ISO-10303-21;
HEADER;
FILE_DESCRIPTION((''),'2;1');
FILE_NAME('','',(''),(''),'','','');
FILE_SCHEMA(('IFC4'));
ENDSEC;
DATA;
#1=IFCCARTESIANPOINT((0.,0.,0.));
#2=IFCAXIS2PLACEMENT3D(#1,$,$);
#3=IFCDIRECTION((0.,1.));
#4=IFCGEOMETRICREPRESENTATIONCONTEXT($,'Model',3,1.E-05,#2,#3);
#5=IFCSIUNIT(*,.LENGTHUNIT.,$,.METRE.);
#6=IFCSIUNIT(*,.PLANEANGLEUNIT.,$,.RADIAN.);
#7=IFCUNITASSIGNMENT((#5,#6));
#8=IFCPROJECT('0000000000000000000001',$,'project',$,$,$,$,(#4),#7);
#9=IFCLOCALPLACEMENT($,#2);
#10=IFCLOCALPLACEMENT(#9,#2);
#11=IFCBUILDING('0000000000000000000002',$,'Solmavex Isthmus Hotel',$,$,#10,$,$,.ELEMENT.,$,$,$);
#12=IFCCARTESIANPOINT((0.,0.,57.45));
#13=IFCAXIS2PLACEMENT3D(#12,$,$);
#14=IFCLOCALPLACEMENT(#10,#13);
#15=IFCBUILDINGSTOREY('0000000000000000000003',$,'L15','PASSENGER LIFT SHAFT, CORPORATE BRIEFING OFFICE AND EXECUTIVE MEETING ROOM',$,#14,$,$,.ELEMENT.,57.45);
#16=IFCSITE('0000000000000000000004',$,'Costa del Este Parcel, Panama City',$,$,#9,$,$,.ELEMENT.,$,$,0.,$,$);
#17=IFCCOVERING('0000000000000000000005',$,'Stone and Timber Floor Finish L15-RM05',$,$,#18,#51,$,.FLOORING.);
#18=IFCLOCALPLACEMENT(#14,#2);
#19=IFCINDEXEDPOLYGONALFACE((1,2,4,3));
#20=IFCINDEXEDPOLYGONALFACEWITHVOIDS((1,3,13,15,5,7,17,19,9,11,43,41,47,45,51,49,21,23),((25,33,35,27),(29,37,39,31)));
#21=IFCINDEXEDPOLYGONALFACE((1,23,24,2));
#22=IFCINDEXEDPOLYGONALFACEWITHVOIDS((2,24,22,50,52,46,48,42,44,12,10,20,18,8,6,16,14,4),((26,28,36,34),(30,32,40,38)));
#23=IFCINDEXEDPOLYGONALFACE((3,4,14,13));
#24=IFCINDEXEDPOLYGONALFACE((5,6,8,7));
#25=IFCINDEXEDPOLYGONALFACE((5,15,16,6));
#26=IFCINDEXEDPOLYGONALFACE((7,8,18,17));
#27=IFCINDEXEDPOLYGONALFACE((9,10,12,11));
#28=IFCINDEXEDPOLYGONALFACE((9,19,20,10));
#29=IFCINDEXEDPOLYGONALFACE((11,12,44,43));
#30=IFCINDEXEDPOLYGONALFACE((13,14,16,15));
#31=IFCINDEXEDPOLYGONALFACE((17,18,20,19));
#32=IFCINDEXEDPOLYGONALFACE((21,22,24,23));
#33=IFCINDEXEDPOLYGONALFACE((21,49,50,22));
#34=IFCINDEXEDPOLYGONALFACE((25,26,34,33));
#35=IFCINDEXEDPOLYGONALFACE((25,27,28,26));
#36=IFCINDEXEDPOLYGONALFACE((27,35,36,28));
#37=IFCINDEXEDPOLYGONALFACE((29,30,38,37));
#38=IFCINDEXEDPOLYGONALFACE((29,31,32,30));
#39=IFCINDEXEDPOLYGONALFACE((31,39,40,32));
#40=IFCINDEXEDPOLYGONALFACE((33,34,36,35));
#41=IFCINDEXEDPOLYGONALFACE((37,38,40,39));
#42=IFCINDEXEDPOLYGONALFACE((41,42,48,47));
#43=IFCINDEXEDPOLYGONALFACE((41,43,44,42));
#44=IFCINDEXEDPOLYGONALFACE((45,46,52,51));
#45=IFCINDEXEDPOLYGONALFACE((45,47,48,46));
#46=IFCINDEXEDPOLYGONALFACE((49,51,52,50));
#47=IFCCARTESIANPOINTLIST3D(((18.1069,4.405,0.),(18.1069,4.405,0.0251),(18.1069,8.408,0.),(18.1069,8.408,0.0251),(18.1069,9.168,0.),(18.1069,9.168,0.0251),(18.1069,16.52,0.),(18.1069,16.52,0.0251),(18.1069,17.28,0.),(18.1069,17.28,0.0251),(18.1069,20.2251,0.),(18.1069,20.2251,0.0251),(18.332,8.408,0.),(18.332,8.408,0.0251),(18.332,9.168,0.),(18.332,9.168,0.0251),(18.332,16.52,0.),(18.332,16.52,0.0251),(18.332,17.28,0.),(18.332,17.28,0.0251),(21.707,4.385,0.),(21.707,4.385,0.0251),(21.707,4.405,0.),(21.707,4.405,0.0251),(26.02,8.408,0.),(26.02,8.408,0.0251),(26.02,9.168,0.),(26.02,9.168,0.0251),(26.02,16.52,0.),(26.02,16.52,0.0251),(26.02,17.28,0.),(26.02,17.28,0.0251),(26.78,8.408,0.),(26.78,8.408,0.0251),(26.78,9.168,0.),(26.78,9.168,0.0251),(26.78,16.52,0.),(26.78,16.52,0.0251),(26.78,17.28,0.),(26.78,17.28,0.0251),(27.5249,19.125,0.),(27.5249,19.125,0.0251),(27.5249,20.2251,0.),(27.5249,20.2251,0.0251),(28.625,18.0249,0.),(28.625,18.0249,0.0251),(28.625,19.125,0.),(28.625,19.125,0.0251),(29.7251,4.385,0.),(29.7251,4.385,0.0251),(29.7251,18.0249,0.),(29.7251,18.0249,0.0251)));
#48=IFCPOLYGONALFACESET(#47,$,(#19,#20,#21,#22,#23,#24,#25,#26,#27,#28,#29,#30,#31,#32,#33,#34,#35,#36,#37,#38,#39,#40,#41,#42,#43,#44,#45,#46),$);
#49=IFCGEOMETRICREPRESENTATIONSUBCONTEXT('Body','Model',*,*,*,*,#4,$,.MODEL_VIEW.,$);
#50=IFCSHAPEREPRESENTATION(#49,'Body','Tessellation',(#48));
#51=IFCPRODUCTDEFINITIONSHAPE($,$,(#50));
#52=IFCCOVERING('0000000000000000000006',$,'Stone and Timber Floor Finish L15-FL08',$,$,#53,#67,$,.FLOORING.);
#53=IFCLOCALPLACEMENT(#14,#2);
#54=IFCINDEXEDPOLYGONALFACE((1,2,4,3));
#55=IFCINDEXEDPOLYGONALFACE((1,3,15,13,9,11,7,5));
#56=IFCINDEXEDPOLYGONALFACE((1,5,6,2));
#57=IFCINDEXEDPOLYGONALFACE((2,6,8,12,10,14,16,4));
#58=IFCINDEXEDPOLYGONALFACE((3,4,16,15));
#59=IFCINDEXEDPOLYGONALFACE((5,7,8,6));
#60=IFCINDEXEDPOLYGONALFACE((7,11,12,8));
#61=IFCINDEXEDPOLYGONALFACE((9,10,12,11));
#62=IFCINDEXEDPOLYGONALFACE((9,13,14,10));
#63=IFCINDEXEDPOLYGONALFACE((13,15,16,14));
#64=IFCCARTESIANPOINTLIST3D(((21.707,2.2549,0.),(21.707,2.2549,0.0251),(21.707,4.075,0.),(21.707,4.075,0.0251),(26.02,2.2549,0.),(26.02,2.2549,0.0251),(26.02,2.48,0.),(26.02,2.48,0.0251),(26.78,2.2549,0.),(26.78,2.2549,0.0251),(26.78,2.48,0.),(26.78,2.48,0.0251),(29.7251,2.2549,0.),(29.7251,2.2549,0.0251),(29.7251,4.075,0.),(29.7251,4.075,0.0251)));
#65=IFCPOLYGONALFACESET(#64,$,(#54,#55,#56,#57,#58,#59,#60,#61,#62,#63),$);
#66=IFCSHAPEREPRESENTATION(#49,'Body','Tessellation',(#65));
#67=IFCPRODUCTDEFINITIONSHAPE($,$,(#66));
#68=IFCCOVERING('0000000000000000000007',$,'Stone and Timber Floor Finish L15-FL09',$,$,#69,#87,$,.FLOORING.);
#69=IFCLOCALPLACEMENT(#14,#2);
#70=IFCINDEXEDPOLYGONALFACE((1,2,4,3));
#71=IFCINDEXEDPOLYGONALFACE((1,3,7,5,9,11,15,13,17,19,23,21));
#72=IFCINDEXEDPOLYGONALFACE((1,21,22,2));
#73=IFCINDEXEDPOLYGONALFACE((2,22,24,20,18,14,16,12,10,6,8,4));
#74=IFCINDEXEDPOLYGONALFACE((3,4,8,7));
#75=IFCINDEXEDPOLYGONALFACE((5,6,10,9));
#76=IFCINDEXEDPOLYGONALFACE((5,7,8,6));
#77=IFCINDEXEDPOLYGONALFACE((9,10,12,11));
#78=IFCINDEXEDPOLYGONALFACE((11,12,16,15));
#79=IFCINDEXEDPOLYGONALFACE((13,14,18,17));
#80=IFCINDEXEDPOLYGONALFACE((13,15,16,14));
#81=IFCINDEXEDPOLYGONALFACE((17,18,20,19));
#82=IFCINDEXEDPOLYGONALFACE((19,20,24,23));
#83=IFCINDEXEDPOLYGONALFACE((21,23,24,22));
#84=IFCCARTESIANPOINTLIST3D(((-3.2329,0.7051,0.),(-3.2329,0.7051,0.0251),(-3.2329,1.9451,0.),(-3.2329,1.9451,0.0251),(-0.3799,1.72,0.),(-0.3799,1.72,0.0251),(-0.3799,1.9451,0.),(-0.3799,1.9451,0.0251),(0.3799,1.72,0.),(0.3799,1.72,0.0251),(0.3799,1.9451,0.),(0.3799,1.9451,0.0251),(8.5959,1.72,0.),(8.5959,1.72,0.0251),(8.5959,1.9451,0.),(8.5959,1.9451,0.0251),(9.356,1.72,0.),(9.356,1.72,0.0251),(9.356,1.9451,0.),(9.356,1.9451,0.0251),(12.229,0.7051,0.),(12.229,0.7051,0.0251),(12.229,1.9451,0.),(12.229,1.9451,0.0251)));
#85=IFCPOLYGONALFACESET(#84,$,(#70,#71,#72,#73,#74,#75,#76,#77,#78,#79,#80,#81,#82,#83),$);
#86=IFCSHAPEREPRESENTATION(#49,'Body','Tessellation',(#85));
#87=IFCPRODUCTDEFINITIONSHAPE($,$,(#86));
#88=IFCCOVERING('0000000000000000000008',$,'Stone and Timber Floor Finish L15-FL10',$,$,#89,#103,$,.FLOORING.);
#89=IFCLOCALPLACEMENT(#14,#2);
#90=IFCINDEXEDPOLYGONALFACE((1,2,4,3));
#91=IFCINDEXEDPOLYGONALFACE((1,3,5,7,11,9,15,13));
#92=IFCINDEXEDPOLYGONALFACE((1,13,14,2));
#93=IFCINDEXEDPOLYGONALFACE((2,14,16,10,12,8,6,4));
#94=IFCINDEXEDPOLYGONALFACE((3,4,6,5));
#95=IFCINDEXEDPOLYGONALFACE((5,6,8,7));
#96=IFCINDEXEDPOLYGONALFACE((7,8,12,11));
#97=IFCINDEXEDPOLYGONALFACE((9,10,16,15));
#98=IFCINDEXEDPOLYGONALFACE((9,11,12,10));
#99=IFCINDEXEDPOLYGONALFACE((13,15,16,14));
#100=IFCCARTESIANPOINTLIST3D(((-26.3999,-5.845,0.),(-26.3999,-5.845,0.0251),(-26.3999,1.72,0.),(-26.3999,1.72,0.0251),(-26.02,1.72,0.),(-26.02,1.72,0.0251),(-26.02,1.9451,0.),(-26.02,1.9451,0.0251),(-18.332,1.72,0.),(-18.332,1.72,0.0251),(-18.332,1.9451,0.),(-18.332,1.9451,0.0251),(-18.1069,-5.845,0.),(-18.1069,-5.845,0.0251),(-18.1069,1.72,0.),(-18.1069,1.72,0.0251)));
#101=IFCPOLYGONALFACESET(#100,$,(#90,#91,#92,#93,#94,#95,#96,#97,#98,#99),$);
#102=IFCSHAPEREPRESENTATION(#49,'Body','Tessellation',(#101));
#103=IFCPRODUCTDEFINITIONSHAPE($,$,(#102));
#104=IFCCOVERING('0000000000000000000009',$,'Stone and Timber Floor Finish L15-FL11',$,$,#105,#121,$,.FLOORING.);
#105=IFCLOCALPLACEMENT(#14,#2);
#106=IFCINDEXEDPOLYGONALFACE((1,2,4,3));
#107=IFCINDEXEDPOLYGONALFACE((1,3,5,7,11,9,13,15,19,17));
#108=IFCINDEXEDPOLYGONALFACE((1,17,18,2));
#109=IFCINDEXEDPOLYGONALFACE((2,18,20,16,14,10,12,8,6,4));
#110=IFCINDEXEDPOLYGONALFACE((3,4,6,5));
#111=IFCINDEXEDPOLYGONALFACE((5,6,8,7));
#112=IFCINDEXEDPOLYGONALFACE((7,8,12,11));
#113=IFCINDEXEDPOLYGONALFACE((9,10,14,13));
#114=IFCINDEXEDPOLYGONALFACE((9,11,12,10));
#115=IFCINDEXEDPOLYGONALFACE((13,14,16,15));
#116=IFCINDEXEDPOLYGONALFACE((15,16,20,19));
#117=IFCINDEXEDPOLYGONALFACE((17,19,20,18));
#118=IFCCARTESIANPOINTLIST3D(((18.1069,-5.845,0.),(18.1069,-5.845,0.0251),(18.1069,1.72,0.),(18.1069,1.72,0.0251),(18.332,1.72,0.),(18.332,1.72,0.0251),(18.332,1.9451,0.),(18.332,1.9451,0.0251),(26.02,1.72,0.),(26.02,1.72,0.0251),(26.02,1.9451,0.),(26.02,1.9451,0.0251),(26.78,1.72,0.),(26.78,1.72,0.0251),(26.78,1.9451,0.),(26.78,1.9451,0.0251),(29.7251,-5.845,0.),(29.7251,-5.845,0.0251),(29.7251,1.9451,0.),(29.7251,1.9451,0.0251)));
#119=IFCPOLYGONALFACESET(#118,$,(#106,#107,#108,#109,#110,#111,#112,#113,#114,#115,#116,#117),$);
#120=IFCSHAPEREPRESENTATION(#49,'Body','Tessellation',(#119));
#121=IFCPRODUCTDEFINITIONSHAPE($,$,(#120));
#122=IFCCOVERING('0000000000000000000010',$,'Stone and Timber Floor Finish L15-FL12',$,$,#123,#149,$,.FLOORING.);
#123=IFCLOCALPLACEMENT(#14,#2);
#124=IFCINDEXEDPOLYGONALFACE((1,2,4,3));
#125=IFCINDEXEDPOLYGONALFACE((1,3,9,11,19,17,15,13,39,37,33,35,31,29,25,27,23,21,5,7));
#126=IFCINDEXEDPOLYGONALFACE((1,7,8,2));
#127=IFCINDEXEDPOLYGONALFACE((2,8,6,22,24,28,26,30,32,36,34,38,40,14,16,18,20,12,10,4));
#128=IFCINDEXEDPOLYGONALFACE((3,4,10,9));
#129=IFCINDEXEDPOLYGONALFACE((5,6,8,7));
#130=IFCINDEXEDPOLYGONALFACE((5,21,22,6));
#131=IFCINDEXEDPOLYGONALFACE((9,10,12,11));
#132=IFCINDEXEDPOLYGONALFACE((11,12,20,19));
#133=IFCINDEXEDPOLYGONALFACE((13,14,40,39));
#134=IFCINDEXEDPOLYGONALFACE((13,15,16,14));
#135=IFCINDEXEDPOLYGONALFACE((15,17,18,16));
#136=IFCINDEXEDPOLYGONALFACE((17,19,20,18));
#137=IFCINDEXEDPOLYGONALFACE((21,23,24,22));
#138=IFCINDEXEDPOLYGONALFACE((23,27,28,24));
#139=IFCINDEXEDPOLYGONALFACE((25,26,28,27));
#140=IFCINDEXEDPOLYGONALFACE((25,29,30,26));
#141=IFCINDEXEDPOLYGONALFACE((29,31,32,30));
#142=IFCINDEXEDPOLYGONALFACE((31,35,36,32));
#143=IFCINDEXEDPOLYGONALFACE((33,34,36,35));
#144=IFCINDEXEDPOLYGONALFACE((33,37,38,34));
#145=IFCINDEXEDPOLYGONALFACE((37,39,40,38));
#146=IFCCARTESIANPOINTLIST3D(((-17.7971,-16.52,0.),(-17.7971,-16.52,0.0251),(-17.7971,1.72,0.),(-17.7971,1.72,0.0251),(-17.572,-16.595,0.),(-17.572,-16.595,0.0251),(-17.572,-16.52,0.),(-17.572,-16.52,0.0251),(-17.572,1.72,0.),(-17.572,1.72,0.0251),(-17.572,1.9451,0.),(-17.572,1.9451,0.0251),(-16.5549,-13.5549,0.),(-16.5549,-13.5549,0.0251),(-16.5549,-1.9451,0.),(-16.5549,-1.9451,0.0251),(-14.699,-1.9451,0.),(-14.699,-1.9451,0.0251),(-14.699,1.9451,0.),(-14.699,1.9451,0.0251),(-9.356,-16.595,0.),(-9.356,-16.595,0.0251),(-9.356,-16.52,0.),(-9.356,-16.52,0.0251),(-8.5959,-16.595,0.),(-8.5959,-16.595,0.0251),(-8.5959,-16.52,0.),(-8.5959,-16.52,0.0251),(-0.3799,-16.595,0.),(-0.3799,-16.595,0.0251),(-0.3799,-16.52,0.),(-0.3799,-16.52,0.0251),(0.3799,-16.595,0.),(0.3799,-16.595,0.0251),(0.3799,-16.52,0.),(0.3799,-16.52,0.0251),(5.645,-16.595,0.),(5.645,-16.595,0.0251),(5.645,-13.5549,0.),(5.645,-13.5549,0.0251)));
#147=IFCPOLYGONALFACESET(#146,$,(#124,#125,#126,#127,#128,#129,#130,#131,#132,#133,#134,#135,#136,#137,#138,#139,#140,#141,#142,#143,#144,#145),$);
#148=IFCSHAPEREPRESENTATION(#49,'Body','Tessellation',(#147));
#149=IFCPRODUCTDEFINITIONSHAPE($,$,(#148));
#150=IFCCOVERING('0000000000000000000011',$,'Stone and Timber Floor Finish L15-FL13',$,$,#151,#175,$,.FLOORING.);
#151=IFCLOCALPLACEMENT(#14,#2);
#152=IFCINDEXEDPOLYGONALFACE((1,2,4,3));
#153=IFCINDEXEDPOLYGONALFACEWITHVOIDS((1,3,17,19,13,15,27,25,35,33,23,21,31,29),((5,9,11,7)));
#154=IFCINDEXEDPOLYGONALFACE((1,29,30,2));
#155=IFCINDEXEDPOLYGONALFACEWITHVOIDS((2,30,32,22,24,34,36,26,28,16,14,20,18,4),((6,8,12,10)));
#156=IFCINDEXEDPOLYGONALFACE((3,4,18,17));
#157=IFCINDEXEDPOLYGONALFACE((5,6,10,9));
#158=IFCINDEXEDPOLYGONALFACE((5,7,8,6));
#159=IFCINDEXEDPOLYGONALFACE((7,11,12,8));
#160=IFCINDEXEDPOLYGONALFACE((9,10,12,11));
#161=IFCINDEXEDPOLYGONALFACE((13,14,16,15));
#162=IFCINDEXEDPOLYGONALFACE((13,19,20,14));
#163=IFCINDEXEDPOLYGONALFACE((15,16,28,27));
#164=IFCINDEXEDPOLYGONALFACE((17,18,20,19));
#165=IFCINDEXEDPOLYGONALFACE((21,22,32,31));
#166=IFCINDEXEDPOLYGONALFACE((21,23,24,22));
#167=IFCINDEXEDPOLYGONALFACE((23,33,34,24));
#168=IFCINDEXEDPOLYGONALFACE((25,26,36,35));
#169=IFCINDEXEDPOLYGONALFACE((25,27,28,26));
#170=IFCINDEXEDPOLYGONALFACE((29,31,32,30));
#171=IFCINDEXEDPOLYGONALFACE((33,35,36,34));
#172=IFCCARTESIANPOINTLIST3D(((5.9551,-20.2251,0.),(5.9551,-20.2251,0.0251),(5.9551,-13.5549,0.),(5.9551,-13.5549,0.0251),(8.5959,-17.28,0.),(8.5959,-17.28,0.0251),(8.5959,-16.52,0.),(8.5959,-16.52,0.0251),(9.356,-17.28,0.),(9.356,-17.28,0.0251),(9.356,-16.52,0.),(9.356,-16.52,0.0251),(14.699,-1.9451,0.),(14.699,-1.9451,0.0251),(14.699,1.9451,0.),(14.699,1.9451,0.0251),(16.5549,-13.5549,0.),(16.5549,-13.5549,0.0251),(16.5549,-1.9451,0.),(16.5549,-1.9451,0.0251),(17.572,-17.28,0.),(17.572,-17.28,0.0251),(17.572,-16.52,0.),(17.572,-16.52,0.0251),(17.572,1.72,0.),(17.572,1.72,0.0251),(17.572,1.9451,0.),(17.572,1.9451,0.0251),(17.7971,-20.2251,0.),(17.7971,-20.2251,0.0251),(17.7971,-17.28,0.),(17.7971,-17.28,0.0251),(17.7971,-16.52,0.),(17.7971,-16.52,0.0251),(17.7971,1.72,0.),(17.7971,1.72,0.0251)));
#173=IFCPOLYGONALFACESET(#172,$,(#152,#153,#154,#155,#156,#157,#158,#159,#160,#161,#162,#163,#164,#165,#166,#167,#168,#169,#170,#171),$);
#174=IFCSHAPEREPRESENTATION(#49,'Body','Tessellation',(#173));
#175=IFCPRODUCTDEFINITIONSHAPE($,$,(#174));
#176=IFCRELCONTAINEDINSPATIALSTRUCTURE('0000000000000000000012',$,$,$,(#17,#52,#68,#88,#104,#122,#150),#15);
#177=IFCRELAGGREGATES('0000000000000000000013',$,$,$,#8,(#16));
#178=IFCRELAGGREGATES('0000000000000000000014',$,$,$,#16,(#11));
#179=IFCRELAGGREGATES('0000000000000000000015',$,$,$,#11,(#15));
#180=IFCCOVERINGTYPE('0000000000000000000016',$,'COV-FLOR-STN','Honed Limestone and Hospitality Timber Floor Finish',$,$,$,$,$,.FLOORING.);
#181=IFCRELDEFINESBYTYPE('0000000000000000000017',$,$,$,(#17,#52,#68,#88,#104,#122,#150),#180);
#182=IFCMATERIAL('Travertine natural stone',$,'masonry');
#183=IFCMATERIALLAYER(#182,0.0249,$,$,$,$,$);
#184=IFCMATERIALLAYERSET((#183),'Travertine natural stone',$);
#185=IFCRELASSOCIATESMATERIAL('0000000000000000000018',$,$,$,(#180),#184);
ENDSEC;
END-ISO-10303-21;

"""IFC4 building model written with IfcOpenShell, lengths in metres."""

from ifc_helpers import new_model, si_unit, direction, frame, origin, place, context, subcontext, project, spatial, polyline, outline, extrude, material, layer, layer_set, type_object, element, save


model = new_model("IFC4")

# Units and contexts
model_context = context("Model", 3, precision=1e-05, world=origin(), true_north=direction((0.0, 1.0)))
body_context = subcontext(model_context, "Body", "Model", "MODEL_VIEW")
ifc_project = project(units=[si_unit("LENGTHUNIT", "METRE"), si_unit("PLANEANGLEUNIT", "RADIAN")], contexts=[model_context])

# Site, building, storey
site_placement = place(None, origin())
site = spatial("IfcSite", under=ifc_project, at=site_placement, Name="Costa del Este Parcel, Panama City", CompositionType="ELEMENT", RefElevation=0.0)
building_placement = place(site_placement, origin())
building = spatial("IfcBuilding", under=site, at=building_placement, Name="Solmavex Isthmus Hotel", CompositionType="ELEMENT")
storey_placement = place(building_placement, frame((0.0, 0.0, 57.45)))
storey = spatial("IfcBuildingStorey", under=building, at=storey_placement, Name="L15", Description="PASSENGER LIFT SHAFT, CORPORATE BRIEFING OFFICE AND EXECUTIVE MEETING ROOM", CompositionType="ELEMENT", Elevation=57.45)

# Coverings
ifc_material_1 = material(Name="Travertine natural stone", Category="masonry")
ifc_layer_1 = layer(ifc_material_1, 0.0249)
ifc_layer_set_1 = layer_set([ifc_layer_1], Name="Travertine natural stone")
covering_type_1 = type_object("IfcCoveringType", Name="COV-FLOR-STN", Description="Honed Limestone and Hospitality Timber Floor Finish", PredefinedType="FLOORING", material=ifc_layer_set_1)
covering_1_placement = place(storey_placement, origin())
element("IfcCovering", 1, at=covering_1_placement, inside=storey, type_object=covering_type_1, Name="Stone and Timber Floor Finish L15-RM05", PredefinedType="FLOORING", context=body_context, shape_type="SweptSolid", body=[
    extrude(outline(polyline([(18.1069, 9.168), (18.332, 9.168), (18.332, 8.408), (18.1069, 8.408), (18.1069, 4.405), (21.707, 4.405), (21.707, 4.385), (29.7251, 4.385), (29.7251, 18.0249), (28.625, 18.0249), (28.625, 19.125), (27.5249, 19.125), (27.5249, 20.2251), (18.1069, 20.2251), (18.1069, 17.28), (18.332, 17.28), (18.332, 16.52), (18.1069, 16.52), (18.1069, 9.168)]), holes=[polyline([(26.02, 8.408), (26.02, 9.168), (26.78, 9.168), (26.78, 8.408), (26.02, 8.408)]), polyline([(26.02, 16.52), (26.02, 17.28), (26.78, 17.28), (26.78, 16.52), (26.02, 16.52)])]), origin(), (0.0, 0.0, 1.0), 0.0251),
])
covering_2_placement = place(storey_placement, origin())
element("IfcCovering", 2, at=covering_2_placement, inside=storey, type_object=covering_type_1, Name="Stone and Timber Floor Finish L15-FL08", PredefinedType="FLOORING", context=body_context, shape_type="SweptSolid", body=[
    extrude(outline(polyline([(26.02, 2.2549), (26.02, 2.48), (26.78, 2.48), (26.78, 2.2549), (29.7251, 2.2549), (29.7251, 4.075), (21.707, 4.075), (21.707, 2.2549), (26.02, 2.2549)])), origin(), (0.0, 0.0, 1.0), 0.0251),
])
covering_3_placement = place(storey_placement, origin())
element("IfcCovering", 3, at=covering_3_placement, inside=storey, type_object=covering_type_1, Name="Stone and Timber Floor Finish L15-FL09", PredefinedType="FLOORING", context=body_context, shape_type="SweptSolid", body=[
    extrude(outline(polyline([(0.3799, 1.9451), (0.3799, 1.72), (-0.3799, 1.72), (-0.3799, 1.9451), (-3.2329, 1.9451), (-3.2329, 0.7051), (12.229, 0.7051), (12.229, 1.9451), (9.356, 1.9451), (9.356, 1.72), (8.5959, 1.72), (8.5959, 1.9451), (0.3799, 1.9451)])), origin(), (0.0, 0.0, 1.0), 0.0251),
])
covering_4_placement = place(storey_placement, origin())
element("IfcCovering", 4, at=covering_4_placement, inside=storey, type_object=covering_type_1, Name="Stone and Timber Floor Finish L15-FL10", PredefinedType="FLOORING", context=body_context, shape_type="SweptSolid", body=[
    extrude(outline(polyline([(-26.02, 1.9451), (-26.02, 1.72), (-26.3999, 1.72), (-26.3999, -5.845), (-18.1069, -5.845), (-18.1069, 1.72), (-18.332, 1.72), (-18.332, 1.9451), (-26.02, 1.9451)])), origin(), (0.0, 0.0, 1.0), 0.0251),
])
covering_5_placement = place(storey_placement, origin())
element("IfcCovering", 5, at=covering_5_placement, inside=storey, type_object=covering_type_1, Name="Stone and Timber Floor Finish L15-FL11", PredefinedType="FLOORING", context=body_context, shape_type="SweptSolid", body=[
    extrude(outline(polyline([(18.332, 1.9451), (18.332, 1.72), (18.1069, 1.72), (18.1069, -5.845), (29.7251, -5.845), (29.7251, 1.9451), (26.78, 1.9451), (26.78, 1.72), (26.02, 1.72), (26.02, 1.9451), (18.332, 1.9451)])), origin(), (0.0, 0.0, 1.0), 0.0251),
])
covering_6_placement = place(storey_placement, origin())
element("IfcCovering", 6, at=covering_6_placement, inside=storey, type_object=covering_type_1, Name="Stone and Timber Floor Finish L15-FL12", PredefinedType="FLOORING", context=body_context, shape_type="SweptSolid", body=[
    extrude(outline(polyline([(-17.7971, -16.52), (-17.572, -16.52), (-17.572, -16.595), (-9.356, -16.595), (-9.356, -16.52), (-8.5959, -16.52), (-8.5959, -16.595), (-0.3799, -16.595), (-0.3799, -16.52), (0.3799, -16.52), (0.3799, -16.595), (5.645, -16.595), (5.645, -13.5549), (-16.5549, -13.5549), (-16.5549, -1.9451), (-14.699, -1.9451), (-14.699, 1.9451), (-17.572, 1.9451), (-17.572, 1.72), (-17.7971, 1.72), (-17.7971, -16.52)])), origin(), (0.0, 0.0, 1.0), 0.0251),
])
covering_7_placement = place(storey_placement, origin())
element("IfcCovering", 7, at=covering_7_placement, inside=storey, type_object=covering_type_1, Name="Stone and Timber Floor Finish L15-FL13", PredefinedType="FLOORING", context=body_context, shape_type="SweptSolid", body=[
    extrude(outline(polyline([(17.7971, 1.72), (17.572, 1.72), (17.572, 1.9451), (14.699, 1.9451), (14.699, -1.9451), (16.5549, -1.9451), (16.5549, -13.5549), (5.9551, -13.5549), (5.9551, -20.2251), (17.7971, -20.2251), (17.7971, -17.28), (17.572, -17.28), (17.572, -16.52), (17.7971, -16.52), (17.7971, 1.72)]), holes=[polyline([(8.5959, -17.28), (8.5959, -16.52), (9.356, -16.52), (9.356, -17.28), (8.5959, -17.28)])]), origin(), (0.0, 0.0, 1.0), 0.0251),
])

save(model, "model.ifc")
